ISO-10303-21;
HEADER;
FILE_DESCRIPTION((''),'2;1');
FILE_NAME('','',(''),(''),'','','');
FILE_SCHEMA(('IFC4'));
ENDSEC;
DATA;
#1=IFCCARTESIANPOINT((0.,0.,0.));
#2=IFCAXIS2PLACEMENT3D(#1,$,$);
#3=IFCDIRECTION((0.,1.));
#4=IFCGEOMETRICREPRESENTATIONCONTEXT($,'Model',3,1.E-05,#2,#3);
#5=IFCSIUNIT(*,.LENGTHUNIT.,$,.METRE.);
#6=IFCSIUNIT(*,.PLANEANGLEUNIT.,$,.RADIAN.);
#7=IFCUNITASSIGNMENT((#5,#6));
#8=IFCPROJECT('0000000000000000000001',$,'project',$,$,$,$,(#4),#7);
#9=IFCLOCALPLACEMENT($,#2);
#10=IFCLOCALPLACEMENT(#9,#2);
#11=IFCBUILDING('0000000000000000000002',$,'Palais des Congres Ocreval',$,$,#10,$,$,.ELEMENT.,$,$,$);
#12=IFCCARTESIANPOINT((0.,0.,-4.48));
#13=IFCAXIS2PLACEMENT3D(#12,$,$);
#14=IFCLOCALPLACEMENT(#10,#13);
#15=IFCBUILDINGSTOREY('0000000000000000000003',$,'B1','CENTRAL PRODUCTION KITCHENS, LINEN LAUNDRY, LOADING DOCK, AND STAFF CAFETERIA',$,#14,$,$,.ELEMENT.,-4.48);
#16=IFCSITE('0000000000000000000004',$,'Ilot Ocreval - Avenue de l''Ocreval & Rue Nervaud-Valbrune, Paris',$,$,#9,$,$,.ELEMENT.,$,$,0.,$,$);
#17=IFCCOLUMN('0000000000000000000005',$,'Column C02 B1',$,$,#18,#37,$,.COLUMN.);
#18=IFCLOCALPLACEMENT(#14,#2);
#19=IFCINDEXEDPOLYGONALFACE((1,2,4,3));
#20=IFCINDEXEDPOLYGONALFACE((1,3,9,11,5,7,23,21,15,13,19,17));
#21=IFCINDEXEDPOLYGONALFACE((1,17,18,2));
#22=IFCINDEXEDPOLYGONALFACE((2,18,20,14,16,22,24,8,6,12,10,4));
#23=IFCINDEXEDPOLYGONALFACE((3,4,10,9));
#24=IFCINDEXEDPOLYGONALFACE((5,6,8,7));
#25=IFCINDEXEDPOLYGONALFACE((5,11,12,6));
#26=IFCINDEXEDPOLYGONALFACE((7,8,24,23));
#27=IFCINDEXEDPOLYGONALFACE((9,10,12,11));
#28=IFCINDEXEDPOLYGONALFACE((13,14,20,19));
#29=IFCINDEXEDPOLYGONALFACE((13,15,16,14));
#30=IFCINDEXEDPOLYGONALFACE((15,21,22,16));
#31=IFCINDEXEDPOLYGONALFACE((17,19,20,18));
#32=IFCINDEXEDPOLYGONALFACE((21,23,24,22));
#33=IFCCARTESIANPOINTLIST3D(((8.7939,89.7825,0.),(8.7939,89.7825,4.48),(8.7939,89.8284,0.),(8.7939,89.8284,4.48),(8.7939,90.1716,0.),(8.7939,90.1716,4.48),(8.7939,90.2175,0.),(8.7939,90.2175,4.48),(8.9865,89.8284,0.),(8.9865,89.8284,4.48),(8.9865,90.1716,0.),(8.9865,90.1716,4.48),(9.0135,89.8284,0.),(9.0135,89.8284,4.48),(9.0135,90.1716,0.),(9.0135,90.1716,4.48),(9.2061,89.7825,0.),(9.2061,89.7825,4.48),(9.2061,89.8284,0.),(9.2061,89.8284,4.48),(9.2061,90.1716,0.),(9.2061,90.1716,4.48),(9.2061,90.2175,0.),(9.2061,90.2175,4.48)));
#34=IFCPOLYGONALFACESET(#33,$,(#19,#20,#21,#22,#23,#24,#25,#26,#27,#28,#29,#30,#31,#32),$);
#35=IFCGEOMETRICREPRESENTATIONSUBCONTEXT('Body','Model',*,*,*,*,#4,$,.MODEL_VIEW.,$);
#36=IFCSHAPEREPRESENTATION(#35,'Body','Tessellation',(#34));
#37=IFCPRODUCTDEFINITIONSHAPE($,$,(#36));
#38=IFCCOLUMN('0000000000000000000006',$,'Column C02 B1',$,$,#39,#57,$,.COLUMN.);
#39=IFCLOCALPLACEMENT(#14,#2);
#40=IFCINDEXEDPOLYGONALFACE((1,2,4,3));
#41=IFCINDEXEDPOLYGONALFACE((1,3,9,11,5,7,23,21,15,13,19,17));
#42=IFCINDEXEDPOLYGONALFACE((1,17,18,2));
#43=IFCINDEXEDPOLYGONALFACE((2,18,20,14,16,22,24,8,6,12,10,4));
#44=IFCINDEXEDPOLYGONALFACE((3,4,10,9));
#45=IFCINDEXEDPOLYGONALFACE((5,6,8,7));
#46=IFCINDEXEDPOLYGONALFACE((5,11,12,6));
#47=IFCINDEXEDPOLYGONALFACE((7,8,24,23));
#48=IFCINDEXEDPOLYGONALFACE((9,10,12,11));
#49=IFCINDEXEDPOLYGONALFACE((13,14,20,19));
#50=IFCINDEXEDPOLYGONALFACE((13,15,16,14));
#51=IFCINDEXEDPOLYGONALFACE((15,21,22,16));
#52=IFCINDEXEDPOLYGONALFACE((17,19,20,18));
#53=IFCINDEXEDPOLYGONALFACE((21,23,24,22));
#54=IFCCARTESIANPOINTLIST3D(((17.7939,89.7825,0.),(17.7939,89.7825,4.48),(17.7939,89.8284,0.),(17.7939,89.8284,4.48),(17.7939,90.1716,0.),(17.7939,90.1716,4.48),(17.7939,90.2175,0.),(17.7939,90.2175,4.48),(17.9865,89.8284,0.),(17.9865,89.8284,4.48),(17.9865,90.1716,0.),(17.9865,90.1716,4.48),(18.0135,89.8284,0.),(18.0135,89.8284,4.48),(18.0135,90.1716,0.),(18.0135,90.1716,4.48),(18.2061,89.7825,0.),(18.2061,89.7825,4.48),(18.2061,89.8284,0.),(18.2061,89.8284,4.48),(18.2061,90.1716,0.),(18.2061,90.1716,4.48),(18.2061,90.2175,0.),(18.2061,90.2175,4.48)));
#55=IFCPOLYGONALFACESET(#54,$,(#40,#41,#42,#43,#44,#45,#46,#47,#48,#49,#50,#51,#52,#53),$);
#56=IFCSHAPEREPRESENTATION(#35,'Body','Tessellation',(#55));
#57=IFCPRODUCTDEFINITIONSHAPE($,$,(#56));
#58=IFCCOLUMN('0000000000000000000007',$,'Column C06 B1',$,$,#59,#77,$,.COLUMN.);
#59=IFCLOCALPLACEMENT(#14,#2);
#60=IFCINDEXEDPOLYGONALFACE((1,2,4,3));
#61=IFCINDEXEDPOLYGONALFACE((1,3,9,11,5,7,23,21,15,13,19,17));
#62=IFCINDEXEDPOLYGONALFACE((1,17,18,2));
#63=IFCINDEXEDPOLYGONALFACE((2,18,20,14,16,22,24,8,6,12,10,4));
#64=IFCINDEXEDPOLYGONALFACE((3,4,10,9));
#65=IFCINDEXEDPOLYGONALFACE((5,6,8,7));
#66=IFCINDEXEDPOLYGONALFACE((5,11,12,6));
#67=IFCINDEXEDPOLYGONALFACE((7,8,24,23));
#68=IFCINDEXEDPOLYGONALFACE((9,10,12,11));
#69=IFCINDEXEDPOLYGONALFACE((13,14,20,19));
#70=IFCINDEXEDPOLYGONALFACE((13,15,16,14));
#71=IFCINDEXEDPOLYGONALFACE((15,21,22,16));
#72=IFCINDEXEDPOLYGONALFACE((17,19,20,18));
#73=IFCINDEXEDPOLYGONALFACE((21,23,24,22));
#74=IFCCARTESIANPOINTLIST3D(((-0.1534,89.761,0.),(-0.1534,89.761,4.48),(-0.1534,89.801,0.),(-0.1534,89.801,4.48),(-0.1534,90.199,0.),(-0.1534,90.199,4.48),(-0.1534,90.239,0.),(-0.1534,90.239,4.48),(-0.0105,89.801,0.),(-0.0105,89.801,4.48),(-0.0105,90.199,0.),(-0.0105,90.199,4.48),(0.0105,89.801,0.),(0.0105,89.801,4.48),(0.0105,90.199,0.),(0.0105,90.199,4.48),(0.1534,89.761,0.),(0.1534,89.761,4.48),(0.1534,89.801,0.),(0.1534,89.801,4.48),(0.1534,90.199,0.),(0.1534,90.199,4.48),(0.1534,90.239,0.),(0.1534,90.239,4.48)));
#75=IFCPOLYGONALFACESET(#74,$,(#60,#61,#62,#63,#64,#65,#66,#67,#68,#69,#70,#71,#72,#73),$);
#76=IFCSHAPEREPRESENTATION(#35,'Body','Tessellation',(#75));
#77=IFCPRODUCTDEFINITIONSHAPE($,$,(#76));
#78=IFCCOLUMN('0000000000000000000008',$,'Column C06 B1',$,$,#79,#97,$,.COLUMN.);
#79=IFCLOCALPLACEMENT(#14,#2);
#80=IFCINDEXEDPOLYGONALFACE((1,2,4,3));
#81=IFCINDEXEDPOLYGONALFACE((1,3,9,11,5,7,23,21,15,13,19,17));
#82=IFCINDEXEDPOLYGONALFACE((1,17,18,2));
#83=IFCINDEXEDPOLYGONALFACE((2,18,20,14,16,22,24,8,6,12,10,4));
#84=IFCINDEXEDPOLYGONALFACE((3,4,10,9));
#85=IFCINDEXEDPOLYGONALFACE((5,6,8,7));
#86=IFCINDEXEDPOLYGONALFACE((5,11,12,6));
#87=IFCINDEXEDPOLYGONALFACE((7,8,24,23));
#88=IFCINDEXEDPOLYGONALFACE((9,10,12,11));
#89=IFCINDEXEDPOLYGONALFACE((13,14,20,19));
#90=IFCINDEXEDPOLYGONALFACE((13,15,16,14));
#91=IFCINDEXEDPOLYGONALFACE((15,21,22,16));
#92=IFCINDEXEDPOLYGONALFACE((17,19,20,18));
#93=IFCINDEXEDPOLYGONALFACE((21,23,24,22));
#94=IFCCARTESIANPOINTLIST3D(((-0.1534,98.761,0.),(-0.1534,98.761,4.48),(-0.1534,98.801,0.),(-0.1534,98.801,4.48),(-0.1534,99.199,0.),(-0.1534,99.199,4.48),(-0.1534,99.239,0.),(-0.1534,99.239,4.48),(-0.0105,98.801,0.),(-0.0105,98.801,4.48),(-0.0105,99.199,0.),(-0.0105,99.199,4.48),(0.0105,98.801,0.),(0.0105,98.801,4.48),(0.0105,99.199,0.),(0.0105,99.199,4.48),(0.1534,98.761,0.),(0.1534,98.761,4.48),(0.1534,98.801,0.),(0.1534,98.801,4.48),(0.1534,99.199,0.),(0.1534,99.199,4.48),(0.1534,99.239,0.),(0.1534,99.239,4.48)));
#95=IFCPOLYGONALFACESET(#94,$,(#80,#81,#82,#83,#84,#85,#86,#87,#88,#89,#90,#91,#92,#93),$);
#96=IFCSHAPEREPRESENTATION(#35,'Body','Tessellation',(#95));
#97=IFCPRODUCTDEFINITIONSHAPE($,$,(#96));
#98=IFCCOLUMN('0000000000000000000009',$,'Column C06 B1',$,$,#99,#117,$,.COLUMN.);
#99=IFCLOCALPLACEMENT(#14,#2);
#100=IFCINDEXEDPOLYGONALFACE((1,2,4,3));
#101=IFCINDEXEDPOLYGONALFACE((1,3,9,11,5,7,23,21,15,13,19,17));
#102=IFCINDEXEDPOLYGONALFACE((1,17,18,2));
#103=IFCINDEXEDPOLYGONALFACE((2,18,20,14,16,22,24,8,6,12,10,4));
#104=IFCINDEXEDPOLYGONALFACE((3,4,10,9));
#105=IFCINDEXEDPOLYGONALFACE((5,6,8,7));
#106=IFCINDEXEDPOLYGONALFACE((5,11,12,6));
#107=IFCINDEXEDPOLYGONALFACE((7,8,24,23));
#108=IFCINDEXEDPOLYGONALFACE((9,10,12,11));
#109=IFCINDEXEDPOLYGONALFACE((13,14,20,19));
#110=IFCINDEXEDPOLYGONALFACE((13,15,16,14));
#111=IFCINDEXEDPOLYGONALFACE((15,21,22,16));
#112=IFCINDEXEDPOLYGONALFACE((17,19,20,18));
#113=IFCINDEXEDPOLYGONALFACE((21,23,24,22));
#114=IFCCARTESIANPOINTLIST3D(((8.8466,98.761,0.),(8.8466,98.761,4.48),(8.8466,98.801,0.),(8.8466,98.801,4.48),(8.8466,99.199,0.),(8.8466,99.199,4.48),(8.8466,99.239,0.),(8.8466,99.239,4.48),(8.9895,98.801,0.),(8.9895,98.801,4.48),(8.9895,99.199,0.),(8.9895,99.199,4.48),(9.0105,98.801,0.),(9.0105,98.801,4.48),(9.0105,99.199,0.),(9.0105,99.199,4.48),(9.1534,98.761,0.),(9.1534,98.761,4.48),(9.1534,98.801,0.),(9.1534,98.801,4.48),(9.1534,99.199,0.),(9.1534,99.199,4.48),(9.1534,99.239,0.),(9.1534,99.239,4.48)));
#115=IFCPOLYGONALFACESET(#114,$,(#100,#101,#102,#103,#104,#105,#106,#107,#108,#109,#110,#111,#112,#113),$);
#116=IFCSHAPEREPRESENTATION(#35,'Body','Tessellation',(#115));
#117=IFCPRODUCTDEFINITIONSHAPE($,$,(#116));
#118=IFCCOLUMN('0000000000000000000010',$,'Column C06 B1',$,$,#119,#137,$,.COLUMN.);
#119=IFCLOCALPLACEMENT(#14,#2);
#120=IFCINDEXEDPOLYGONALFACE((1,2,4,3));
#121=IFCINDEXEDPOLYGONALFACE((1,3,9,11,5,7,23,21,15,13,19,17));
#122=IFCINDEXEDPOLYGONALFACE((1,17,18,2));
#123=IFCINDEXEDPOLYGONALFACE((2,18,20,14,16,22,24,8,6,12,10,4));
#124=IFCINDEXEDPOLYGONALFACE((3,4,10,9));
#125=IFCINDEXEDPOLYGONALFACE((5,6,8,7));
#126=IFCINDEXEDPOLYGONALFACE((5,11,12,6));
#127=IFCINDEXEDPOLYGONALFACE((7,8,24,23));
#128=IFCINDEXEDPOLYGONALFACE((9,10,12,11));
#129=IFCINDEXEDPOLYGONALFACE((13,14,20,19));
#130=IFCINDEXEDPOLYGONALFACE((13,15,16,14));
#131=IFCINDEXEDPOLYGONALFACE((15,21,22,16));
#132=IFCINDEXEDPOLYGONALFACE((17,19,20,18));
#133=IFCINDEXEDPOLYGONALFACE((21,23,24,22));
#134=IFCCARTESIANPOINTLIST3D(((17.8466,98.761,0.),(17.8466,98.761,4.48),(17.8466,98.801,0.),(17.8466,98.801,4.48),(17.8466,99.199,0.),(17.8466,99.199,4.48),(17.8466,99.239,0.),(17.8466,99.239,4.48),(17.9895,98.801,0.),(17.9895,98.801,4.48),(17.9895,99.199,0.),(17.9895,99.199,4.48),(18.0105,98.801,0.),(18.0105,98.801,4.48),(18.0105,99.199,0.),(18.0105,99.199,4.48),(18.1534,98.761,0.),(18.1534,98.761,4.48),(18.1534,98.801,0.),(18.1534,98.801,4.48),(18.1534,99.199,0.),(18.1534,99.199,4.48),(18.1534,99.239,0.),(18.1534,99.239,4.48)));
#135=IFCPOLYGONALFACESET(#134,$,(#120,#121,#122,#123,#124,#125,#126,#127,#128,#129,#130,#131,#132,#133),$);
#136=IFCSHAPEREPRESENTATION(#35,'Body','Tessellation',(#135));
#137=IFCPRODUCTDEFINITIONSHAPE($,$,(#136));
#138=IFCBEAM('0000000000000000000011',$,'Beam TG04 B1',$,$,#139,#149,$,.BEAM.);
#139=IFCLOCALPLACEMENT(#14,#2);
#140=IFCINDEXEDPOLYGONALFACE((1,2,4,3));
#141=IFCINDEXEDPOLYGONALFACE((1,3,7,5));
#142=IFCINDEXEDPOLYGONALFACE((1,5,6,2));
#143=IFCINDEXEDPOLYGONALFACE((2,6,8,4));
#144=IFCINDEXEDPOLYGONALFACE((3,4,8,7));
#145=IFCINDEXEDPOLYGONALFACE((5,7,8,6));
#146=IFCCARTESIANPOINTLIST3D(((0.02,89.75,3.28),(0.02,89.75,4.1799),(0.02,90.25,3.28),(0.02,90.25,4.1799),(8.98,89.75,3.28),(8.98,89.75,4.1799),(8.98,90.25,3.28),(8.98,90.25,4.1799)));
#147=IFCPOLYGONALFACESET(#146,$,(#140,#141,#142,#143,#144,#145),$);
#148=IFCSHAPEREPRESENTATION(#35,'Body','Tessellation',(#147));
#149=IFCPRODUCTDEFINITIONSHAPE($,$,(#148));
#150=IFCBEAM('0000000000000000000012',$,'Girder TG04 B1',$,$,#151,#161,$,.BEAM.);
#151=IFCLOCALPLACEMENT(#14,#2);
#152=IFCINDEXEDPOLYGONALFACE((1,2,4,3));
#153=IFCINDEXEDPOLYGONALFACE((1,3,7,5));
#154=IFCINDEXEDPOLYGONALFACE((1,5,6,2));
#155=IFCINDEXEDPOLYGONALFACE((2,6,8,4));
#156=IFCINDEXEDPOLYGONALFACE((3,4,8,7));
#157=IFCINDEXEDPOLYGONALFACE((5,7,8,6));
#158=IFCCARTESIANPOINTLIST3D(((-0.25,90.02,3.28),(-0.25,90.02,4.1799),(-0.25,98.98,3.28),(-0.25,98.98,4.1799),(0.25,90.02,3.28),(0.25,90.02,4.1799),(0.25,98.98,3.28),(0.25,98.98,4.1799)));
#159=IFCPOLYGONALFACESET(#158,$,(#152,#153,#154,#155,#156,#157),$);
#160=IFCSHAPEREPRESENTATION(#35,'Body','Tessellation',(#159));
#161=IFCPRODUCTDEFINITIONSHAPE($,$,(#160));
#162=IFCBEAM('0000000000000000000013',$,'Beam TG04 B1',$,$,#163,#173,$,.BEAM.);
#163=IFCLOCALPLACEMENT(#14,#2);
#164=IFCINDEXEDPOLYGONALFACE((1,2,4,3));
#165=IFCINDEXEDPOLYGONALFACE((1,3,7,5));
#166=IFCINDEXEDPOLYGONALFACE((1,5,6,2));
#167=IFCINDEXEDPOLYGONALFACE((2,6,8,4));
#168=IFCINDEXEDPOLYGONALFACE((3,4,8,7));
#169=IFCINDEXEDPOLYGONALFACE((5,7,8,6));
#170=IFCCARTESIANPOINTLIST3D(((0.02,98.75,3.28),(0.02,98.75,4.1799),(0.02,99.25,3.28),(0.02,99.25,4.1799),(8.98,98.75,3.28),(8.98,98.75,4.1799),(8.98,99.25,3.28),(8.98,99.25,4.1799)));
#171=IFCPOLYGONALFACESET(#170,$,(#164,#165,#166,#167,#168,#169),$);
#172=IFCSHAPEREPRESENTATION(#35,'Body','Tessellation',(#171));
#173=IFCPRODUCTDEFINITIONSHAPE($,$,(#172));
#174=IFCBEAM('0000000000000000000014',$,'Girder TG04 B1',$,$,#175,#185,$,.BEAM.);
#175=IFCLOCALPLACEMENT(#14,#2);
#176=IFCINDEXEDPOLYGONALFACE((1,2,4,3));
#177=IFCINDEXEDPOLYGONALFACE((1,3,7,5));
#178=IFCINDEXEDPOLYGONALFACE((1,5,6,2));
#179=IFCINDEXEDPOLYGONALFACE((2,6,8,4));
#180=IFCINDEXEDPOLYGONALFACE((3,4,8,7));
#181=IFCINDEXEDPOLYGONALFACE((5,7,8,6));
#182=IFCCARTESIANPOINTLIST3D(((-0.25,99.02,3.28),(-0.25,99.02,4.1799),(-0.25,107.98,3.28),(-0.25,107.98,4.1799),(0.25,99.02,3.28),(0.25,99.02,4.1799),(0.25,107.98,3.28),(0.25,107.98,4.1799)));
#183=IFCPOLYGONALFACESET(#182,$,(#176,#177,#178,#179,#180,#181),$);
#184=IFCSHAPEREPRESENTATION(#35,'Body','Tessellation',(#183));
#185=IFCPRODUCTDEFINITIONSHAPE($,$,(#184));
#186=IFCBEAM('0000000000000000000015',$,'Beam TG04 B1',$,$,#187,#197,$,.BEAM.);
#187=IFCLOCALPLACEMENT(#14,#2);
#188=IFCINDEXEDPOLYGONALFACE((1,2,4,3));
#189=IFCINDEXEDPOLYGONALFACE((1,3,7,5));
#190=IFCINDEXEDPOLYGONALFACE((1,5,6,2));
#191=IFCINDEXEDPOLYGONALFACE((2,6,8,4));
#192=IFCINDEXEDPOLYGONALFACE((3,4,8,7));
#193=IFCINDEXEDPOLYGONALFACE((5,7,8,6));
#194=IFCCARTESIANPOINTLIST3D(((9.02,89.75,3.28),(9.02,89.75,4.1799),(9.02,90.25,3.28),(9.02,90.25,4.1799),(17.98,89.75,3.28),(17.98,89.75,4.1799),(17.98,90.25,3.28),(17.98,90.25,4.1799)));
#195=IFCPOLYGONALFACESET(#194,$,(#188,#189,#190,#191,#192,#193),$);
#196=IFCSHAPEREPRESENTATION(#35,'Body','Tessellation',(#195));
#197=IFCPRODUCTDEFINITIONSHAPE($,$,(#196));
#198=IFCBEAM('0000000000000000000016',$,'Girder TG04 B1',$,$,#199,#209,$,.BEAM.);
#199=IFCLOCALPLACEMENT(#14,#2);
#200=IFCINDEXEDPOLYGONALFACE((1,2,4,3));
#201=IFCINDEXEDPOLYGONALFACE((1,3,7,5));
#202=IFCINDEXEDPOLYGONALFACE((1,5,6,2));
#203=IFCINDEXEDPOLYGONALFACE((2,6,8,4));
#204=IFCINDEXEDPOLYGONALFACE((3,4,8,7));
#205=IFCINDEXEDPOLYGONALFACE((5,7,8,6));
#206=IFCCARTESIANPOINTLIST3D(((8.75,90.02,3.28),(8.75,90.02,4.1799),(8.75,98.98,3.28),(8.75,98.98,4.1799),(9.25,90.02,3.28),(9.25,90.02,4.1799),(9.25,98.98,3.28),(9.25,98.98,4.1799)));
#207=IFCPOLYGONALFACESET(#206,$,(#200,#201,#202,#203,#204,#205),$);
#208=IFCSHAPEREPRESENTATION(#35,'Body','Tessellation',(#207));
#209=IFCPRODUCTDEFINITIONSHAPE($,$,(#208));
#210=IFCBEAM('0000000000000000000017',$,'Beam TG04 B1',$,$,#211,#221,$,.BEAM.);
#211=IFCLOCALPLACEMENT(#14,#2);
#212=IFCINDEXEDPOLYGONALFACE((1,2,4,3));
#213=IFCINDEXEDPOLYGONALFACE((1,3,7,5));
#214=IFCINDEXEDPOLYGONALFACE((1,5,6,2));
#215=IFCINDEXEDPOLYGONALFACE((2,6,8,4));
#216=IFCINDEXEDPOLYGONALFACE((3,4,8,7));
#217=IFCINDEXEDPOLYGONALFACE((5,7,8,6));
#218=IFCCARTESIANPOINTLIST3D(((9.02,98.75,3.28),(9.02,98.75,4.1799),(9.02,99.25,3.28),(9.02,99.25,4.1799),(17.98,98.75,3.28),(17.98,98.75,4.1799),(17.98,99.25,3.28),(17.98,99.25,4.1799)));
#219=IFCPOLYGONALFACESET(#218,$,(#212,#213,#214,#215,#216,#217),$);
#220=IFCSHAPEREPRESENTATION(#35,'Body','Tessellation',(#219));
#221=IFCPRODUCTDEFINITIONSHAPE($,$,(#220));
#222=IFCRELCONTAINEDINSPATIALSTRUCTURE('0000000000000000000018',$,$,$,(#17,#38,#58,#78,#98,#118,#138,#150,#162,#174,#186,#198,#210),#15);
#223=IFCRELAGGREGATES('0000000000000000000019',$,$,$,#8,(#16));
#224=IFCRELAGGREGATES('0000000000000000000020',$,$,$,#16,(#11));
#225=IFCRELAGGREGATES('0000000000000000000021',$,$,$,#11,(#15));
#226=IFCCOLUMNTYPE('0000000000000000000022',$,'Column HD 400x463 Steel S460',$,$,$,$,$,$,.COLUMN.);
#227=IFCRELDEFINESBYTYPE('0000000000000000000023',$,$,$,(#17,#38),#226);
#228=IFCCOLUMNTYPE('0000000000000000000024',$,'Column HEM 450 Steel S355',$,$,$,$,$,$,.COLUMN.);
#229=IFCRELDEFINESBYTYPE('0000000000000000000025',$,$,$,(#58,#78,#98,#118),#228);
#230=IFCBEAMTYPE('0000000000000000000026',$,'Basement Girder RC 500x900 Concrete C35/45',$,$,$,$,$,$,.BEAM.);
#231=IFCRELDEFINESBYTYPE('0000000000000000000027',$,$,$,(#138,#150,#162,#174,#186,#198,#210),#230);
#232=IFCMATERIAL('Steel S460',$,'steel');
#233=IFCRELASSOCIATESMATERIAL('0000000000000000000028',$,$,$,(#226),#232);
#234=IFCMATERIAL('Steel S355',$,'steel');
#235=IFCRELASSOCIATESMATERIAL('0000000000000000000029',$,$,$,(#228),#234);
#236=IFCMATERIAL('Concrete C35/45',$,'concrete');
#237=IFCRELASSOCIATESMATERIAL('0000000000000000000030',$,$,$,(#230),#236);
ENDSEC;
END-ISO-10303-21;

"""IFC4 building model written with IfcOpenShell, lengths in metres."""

from ifc_helpers import new_model, si_unit, direction, frame, origin, origin_2d, place, context, subcontext, project, spatial, rectangle, i_section, extrude, material, material_profile, profile_set, type_object, element, save


model = new_model("IFC4")

# Units and contexts
model_context = context("Model", 3, precision=1e-05, world=origin(), true_north=direction((0.0, 1.0)))
body_context = subcontext(model_context, "Body", "Model", "MODEL_VIEW")
ifc_project = project(units=[si_unit("LENGTHUNIT", "METRE"), si_unit("PLANEANGLEUNIT", "RADIAN")], contexts=[model_context])

# Site, building, storey
site_placement = place(None, origin())
site = spatial("IfcSite", under=ifc_project, at=site_placement, Name="Ilot Ocreval - Avenue de l'Ocreval & Rue Nervaud-Valbrune, Paris", CompositionType="ELEMENT", RefElevation=0.0)
building_placement = place(site_placement, origin())
building = spatial("IfcBuilding", under=site, at=building_placement, Name="Palais des Congres Ocreval", CompositionType="ELEMENT")
storey_placement = place(building_placement, frame((0.0, 0.0, -4.48)))
storey = spatial("IfcBuildingStorey", under=building, at=storey_placement, Name="B1", Description="CENTRAL PRODUCTION KITCHENS, LINEN LAUNDRY, LOADING DOCK, AND STAFF CAFETERIA", CompositionType="ELEMENT", Elevation=-4.48)

# Columns
ifc_material_1 = material(Name="Steel S460", Category="steel")
ifc_material_profile_1 = material_profile(ifc_material_1, i_section(OverallWidth=0.4121, OverallDepth=0.4351, WebThickness=0.0271, FlangeThickness=0.0459, at=origin_2d()), Name="HD 400x463")
ifc_profile_set_1 = profile_set([ifc_material_profile_1], Name="Steel S460")
column_type_1 = type_object("IfcColumnType", Name="Column HD 400x463 Steel S460", PredefinedType="COLUMN", material=ifc_profile_set_1)
for number, where, z_axis, x_axis, name in (
    (1, (9.0, 90.0, 0.0), (0.0, 0.0, 1.0), (1.0, 0.0, 0.0), "Column C02 B1"),
    (2, (18.0, 90.0, 0.0), (0.0, 0.0, 1.0), (1.0, 0.0, 0.0), "Column C02 B1"),
):
    element("IfcColumn", number, at=place(storey_placement, frame(where, z_axis=z_axis, x_axis=x_axis)), inside=storey, type_object=column_type_1, Name=name, PredefinedType="COLUMN", context=body_context, shape_type="SweptSolid", body=[
        extrude(i_section(OverallWidth=0.4121, OverallDepth=0.4351, WebThickness=0.0271, FlangeThickness=0.0459, at=origin_2d()), origin(), (0.0, 0.0, 1.0), 4.48),
    ])
ifc_material_2 = material(Name="Steel S355", Category="steel")
ifc_material_profile_2 = material_profile(ifc_material_2, i_section(OverallWidth=0.3069, OverallDepth=0.478, WebThickness=0.021, FlangeThickness=0.04, at=origin_2d()), Name="HEM 450")
ifc_profile_set_2 = profile_set([ifc_material_profile_2], Name="Steel S355")
column_type_2 = type_object("IfcColumnType", Name="Column HEM 450 Steel S355", PredefinedType="COLUMN", material=ifc_profile_set_2)
for number, where, z_axis, x_axis, name in (
    (3, (0.0, 90.0, 0.0), (0.0, 0.0, 1.0), (1.0, 0.0, 0.0), "Column C06 B1"),
    (4, (0.0, 99.0, 0.0), (0.0, 0.0, 1.0), (1.0, 0.0, 0.0), "Column C06 B1"),
    (5, (9.0, 99.0, 0.0), (0.0, 0.0, 1.0), (1.0, 0.0, 0.0), "Column C06 B1"),
    (6, (18.0, 99.0, 0.0), (0.0, 0.0, 1.0), (1.0, 0.0, 0.0), "Column C06 B1"),
):
    element("IfcColumn", number, at=place(storey_placement, frame(where, z_axis=z_axis, x_axis=x_axis)), inside=storey, type_object=column_type_2, Name=name, PredefinedType="COLUMN", context=body_context, shape_type="SweptSolid", body=[
        extrude(i_section(OverallWidth=0.3069, OverallDepth=0.478, WebThickness=0.021, FlangeThickness=0.04, at=origin_2d()), origin(), (0.0, 0.0, 1.0), 4.48),
    ])

# Beams
ifc_material_3 = material(Name="Concrete C35/45", Category="concrete")
ifc_material_profile_3 = material_profile(ifc_material_3, rectangle(XDim=0.5, YDim=0.8999, at=origin_2d()), Name="RC 500x900")
ifc_profile_set_3 = profile_set([ifc_material_profile_3], Name="Concrete C35/45")
beam_type_1 = type_object("IfcBeamType", Name="Basement Girder RC 500x900 Concrete C35/45", PredefinedType="BEAM", material=ifc_profile_set_3)
for number, where, z_axis, x_axis, name in (
    (7, (0.02, 90.0, 3.73), (1.0, 0.0, 0.0), (0.0, 1.0, 0.0), "Beam TG04 B1"),
    (8, (0.0, 90.02, 3.73), (0.0, 1.0, 0.0), (-1.0, 0.0, 0.0), "Girder TG04 B1"),
    (9, (0.02, 99.0, 3.73), (1.0, 0.0, 0.0), (0.0, 1.0, 0.0), "Beam TG04 B1"),
    (10, (0.0, 99.02, 3.73), (0.0, 1.0, 0.0), (-1.0, 0.0, 0.0), "Girder TG04 B1"),
    (11, (9.02, 90.0, 3.73), (1.0, 0.0, 0.0), (0.0, 1.0, 0.0), "Beam TG04 B1"),
    (12, (9.0, 90.02, 3.73), (0.0, 1.0, 0.0), (-1.0, 0.0, 0.0), "Girder TG04 B1"),
    (13, (9.02, 99.0, 3.73), (1.0, 0.0, 0.0), (0.0, 1.0, 0.0), "Beam TG04 B1"),
):
    element("IfcBeam", number, at=place(storey_placement, frame(where, z_axis=z_axis, x_axis=x_axis)), inside=storey, type_object=beam_type_1, Name=name, PredefinedType="BEAM", context=body_context, shape_type="SweptSolid", body=[
        extrude(rectangle(XDim=0.5, YDim=0.8999, at=origin_2d()), origin(), (0.0, 0.0, 1.0), 8.96),
    ])

save(model, "model.ifc")
